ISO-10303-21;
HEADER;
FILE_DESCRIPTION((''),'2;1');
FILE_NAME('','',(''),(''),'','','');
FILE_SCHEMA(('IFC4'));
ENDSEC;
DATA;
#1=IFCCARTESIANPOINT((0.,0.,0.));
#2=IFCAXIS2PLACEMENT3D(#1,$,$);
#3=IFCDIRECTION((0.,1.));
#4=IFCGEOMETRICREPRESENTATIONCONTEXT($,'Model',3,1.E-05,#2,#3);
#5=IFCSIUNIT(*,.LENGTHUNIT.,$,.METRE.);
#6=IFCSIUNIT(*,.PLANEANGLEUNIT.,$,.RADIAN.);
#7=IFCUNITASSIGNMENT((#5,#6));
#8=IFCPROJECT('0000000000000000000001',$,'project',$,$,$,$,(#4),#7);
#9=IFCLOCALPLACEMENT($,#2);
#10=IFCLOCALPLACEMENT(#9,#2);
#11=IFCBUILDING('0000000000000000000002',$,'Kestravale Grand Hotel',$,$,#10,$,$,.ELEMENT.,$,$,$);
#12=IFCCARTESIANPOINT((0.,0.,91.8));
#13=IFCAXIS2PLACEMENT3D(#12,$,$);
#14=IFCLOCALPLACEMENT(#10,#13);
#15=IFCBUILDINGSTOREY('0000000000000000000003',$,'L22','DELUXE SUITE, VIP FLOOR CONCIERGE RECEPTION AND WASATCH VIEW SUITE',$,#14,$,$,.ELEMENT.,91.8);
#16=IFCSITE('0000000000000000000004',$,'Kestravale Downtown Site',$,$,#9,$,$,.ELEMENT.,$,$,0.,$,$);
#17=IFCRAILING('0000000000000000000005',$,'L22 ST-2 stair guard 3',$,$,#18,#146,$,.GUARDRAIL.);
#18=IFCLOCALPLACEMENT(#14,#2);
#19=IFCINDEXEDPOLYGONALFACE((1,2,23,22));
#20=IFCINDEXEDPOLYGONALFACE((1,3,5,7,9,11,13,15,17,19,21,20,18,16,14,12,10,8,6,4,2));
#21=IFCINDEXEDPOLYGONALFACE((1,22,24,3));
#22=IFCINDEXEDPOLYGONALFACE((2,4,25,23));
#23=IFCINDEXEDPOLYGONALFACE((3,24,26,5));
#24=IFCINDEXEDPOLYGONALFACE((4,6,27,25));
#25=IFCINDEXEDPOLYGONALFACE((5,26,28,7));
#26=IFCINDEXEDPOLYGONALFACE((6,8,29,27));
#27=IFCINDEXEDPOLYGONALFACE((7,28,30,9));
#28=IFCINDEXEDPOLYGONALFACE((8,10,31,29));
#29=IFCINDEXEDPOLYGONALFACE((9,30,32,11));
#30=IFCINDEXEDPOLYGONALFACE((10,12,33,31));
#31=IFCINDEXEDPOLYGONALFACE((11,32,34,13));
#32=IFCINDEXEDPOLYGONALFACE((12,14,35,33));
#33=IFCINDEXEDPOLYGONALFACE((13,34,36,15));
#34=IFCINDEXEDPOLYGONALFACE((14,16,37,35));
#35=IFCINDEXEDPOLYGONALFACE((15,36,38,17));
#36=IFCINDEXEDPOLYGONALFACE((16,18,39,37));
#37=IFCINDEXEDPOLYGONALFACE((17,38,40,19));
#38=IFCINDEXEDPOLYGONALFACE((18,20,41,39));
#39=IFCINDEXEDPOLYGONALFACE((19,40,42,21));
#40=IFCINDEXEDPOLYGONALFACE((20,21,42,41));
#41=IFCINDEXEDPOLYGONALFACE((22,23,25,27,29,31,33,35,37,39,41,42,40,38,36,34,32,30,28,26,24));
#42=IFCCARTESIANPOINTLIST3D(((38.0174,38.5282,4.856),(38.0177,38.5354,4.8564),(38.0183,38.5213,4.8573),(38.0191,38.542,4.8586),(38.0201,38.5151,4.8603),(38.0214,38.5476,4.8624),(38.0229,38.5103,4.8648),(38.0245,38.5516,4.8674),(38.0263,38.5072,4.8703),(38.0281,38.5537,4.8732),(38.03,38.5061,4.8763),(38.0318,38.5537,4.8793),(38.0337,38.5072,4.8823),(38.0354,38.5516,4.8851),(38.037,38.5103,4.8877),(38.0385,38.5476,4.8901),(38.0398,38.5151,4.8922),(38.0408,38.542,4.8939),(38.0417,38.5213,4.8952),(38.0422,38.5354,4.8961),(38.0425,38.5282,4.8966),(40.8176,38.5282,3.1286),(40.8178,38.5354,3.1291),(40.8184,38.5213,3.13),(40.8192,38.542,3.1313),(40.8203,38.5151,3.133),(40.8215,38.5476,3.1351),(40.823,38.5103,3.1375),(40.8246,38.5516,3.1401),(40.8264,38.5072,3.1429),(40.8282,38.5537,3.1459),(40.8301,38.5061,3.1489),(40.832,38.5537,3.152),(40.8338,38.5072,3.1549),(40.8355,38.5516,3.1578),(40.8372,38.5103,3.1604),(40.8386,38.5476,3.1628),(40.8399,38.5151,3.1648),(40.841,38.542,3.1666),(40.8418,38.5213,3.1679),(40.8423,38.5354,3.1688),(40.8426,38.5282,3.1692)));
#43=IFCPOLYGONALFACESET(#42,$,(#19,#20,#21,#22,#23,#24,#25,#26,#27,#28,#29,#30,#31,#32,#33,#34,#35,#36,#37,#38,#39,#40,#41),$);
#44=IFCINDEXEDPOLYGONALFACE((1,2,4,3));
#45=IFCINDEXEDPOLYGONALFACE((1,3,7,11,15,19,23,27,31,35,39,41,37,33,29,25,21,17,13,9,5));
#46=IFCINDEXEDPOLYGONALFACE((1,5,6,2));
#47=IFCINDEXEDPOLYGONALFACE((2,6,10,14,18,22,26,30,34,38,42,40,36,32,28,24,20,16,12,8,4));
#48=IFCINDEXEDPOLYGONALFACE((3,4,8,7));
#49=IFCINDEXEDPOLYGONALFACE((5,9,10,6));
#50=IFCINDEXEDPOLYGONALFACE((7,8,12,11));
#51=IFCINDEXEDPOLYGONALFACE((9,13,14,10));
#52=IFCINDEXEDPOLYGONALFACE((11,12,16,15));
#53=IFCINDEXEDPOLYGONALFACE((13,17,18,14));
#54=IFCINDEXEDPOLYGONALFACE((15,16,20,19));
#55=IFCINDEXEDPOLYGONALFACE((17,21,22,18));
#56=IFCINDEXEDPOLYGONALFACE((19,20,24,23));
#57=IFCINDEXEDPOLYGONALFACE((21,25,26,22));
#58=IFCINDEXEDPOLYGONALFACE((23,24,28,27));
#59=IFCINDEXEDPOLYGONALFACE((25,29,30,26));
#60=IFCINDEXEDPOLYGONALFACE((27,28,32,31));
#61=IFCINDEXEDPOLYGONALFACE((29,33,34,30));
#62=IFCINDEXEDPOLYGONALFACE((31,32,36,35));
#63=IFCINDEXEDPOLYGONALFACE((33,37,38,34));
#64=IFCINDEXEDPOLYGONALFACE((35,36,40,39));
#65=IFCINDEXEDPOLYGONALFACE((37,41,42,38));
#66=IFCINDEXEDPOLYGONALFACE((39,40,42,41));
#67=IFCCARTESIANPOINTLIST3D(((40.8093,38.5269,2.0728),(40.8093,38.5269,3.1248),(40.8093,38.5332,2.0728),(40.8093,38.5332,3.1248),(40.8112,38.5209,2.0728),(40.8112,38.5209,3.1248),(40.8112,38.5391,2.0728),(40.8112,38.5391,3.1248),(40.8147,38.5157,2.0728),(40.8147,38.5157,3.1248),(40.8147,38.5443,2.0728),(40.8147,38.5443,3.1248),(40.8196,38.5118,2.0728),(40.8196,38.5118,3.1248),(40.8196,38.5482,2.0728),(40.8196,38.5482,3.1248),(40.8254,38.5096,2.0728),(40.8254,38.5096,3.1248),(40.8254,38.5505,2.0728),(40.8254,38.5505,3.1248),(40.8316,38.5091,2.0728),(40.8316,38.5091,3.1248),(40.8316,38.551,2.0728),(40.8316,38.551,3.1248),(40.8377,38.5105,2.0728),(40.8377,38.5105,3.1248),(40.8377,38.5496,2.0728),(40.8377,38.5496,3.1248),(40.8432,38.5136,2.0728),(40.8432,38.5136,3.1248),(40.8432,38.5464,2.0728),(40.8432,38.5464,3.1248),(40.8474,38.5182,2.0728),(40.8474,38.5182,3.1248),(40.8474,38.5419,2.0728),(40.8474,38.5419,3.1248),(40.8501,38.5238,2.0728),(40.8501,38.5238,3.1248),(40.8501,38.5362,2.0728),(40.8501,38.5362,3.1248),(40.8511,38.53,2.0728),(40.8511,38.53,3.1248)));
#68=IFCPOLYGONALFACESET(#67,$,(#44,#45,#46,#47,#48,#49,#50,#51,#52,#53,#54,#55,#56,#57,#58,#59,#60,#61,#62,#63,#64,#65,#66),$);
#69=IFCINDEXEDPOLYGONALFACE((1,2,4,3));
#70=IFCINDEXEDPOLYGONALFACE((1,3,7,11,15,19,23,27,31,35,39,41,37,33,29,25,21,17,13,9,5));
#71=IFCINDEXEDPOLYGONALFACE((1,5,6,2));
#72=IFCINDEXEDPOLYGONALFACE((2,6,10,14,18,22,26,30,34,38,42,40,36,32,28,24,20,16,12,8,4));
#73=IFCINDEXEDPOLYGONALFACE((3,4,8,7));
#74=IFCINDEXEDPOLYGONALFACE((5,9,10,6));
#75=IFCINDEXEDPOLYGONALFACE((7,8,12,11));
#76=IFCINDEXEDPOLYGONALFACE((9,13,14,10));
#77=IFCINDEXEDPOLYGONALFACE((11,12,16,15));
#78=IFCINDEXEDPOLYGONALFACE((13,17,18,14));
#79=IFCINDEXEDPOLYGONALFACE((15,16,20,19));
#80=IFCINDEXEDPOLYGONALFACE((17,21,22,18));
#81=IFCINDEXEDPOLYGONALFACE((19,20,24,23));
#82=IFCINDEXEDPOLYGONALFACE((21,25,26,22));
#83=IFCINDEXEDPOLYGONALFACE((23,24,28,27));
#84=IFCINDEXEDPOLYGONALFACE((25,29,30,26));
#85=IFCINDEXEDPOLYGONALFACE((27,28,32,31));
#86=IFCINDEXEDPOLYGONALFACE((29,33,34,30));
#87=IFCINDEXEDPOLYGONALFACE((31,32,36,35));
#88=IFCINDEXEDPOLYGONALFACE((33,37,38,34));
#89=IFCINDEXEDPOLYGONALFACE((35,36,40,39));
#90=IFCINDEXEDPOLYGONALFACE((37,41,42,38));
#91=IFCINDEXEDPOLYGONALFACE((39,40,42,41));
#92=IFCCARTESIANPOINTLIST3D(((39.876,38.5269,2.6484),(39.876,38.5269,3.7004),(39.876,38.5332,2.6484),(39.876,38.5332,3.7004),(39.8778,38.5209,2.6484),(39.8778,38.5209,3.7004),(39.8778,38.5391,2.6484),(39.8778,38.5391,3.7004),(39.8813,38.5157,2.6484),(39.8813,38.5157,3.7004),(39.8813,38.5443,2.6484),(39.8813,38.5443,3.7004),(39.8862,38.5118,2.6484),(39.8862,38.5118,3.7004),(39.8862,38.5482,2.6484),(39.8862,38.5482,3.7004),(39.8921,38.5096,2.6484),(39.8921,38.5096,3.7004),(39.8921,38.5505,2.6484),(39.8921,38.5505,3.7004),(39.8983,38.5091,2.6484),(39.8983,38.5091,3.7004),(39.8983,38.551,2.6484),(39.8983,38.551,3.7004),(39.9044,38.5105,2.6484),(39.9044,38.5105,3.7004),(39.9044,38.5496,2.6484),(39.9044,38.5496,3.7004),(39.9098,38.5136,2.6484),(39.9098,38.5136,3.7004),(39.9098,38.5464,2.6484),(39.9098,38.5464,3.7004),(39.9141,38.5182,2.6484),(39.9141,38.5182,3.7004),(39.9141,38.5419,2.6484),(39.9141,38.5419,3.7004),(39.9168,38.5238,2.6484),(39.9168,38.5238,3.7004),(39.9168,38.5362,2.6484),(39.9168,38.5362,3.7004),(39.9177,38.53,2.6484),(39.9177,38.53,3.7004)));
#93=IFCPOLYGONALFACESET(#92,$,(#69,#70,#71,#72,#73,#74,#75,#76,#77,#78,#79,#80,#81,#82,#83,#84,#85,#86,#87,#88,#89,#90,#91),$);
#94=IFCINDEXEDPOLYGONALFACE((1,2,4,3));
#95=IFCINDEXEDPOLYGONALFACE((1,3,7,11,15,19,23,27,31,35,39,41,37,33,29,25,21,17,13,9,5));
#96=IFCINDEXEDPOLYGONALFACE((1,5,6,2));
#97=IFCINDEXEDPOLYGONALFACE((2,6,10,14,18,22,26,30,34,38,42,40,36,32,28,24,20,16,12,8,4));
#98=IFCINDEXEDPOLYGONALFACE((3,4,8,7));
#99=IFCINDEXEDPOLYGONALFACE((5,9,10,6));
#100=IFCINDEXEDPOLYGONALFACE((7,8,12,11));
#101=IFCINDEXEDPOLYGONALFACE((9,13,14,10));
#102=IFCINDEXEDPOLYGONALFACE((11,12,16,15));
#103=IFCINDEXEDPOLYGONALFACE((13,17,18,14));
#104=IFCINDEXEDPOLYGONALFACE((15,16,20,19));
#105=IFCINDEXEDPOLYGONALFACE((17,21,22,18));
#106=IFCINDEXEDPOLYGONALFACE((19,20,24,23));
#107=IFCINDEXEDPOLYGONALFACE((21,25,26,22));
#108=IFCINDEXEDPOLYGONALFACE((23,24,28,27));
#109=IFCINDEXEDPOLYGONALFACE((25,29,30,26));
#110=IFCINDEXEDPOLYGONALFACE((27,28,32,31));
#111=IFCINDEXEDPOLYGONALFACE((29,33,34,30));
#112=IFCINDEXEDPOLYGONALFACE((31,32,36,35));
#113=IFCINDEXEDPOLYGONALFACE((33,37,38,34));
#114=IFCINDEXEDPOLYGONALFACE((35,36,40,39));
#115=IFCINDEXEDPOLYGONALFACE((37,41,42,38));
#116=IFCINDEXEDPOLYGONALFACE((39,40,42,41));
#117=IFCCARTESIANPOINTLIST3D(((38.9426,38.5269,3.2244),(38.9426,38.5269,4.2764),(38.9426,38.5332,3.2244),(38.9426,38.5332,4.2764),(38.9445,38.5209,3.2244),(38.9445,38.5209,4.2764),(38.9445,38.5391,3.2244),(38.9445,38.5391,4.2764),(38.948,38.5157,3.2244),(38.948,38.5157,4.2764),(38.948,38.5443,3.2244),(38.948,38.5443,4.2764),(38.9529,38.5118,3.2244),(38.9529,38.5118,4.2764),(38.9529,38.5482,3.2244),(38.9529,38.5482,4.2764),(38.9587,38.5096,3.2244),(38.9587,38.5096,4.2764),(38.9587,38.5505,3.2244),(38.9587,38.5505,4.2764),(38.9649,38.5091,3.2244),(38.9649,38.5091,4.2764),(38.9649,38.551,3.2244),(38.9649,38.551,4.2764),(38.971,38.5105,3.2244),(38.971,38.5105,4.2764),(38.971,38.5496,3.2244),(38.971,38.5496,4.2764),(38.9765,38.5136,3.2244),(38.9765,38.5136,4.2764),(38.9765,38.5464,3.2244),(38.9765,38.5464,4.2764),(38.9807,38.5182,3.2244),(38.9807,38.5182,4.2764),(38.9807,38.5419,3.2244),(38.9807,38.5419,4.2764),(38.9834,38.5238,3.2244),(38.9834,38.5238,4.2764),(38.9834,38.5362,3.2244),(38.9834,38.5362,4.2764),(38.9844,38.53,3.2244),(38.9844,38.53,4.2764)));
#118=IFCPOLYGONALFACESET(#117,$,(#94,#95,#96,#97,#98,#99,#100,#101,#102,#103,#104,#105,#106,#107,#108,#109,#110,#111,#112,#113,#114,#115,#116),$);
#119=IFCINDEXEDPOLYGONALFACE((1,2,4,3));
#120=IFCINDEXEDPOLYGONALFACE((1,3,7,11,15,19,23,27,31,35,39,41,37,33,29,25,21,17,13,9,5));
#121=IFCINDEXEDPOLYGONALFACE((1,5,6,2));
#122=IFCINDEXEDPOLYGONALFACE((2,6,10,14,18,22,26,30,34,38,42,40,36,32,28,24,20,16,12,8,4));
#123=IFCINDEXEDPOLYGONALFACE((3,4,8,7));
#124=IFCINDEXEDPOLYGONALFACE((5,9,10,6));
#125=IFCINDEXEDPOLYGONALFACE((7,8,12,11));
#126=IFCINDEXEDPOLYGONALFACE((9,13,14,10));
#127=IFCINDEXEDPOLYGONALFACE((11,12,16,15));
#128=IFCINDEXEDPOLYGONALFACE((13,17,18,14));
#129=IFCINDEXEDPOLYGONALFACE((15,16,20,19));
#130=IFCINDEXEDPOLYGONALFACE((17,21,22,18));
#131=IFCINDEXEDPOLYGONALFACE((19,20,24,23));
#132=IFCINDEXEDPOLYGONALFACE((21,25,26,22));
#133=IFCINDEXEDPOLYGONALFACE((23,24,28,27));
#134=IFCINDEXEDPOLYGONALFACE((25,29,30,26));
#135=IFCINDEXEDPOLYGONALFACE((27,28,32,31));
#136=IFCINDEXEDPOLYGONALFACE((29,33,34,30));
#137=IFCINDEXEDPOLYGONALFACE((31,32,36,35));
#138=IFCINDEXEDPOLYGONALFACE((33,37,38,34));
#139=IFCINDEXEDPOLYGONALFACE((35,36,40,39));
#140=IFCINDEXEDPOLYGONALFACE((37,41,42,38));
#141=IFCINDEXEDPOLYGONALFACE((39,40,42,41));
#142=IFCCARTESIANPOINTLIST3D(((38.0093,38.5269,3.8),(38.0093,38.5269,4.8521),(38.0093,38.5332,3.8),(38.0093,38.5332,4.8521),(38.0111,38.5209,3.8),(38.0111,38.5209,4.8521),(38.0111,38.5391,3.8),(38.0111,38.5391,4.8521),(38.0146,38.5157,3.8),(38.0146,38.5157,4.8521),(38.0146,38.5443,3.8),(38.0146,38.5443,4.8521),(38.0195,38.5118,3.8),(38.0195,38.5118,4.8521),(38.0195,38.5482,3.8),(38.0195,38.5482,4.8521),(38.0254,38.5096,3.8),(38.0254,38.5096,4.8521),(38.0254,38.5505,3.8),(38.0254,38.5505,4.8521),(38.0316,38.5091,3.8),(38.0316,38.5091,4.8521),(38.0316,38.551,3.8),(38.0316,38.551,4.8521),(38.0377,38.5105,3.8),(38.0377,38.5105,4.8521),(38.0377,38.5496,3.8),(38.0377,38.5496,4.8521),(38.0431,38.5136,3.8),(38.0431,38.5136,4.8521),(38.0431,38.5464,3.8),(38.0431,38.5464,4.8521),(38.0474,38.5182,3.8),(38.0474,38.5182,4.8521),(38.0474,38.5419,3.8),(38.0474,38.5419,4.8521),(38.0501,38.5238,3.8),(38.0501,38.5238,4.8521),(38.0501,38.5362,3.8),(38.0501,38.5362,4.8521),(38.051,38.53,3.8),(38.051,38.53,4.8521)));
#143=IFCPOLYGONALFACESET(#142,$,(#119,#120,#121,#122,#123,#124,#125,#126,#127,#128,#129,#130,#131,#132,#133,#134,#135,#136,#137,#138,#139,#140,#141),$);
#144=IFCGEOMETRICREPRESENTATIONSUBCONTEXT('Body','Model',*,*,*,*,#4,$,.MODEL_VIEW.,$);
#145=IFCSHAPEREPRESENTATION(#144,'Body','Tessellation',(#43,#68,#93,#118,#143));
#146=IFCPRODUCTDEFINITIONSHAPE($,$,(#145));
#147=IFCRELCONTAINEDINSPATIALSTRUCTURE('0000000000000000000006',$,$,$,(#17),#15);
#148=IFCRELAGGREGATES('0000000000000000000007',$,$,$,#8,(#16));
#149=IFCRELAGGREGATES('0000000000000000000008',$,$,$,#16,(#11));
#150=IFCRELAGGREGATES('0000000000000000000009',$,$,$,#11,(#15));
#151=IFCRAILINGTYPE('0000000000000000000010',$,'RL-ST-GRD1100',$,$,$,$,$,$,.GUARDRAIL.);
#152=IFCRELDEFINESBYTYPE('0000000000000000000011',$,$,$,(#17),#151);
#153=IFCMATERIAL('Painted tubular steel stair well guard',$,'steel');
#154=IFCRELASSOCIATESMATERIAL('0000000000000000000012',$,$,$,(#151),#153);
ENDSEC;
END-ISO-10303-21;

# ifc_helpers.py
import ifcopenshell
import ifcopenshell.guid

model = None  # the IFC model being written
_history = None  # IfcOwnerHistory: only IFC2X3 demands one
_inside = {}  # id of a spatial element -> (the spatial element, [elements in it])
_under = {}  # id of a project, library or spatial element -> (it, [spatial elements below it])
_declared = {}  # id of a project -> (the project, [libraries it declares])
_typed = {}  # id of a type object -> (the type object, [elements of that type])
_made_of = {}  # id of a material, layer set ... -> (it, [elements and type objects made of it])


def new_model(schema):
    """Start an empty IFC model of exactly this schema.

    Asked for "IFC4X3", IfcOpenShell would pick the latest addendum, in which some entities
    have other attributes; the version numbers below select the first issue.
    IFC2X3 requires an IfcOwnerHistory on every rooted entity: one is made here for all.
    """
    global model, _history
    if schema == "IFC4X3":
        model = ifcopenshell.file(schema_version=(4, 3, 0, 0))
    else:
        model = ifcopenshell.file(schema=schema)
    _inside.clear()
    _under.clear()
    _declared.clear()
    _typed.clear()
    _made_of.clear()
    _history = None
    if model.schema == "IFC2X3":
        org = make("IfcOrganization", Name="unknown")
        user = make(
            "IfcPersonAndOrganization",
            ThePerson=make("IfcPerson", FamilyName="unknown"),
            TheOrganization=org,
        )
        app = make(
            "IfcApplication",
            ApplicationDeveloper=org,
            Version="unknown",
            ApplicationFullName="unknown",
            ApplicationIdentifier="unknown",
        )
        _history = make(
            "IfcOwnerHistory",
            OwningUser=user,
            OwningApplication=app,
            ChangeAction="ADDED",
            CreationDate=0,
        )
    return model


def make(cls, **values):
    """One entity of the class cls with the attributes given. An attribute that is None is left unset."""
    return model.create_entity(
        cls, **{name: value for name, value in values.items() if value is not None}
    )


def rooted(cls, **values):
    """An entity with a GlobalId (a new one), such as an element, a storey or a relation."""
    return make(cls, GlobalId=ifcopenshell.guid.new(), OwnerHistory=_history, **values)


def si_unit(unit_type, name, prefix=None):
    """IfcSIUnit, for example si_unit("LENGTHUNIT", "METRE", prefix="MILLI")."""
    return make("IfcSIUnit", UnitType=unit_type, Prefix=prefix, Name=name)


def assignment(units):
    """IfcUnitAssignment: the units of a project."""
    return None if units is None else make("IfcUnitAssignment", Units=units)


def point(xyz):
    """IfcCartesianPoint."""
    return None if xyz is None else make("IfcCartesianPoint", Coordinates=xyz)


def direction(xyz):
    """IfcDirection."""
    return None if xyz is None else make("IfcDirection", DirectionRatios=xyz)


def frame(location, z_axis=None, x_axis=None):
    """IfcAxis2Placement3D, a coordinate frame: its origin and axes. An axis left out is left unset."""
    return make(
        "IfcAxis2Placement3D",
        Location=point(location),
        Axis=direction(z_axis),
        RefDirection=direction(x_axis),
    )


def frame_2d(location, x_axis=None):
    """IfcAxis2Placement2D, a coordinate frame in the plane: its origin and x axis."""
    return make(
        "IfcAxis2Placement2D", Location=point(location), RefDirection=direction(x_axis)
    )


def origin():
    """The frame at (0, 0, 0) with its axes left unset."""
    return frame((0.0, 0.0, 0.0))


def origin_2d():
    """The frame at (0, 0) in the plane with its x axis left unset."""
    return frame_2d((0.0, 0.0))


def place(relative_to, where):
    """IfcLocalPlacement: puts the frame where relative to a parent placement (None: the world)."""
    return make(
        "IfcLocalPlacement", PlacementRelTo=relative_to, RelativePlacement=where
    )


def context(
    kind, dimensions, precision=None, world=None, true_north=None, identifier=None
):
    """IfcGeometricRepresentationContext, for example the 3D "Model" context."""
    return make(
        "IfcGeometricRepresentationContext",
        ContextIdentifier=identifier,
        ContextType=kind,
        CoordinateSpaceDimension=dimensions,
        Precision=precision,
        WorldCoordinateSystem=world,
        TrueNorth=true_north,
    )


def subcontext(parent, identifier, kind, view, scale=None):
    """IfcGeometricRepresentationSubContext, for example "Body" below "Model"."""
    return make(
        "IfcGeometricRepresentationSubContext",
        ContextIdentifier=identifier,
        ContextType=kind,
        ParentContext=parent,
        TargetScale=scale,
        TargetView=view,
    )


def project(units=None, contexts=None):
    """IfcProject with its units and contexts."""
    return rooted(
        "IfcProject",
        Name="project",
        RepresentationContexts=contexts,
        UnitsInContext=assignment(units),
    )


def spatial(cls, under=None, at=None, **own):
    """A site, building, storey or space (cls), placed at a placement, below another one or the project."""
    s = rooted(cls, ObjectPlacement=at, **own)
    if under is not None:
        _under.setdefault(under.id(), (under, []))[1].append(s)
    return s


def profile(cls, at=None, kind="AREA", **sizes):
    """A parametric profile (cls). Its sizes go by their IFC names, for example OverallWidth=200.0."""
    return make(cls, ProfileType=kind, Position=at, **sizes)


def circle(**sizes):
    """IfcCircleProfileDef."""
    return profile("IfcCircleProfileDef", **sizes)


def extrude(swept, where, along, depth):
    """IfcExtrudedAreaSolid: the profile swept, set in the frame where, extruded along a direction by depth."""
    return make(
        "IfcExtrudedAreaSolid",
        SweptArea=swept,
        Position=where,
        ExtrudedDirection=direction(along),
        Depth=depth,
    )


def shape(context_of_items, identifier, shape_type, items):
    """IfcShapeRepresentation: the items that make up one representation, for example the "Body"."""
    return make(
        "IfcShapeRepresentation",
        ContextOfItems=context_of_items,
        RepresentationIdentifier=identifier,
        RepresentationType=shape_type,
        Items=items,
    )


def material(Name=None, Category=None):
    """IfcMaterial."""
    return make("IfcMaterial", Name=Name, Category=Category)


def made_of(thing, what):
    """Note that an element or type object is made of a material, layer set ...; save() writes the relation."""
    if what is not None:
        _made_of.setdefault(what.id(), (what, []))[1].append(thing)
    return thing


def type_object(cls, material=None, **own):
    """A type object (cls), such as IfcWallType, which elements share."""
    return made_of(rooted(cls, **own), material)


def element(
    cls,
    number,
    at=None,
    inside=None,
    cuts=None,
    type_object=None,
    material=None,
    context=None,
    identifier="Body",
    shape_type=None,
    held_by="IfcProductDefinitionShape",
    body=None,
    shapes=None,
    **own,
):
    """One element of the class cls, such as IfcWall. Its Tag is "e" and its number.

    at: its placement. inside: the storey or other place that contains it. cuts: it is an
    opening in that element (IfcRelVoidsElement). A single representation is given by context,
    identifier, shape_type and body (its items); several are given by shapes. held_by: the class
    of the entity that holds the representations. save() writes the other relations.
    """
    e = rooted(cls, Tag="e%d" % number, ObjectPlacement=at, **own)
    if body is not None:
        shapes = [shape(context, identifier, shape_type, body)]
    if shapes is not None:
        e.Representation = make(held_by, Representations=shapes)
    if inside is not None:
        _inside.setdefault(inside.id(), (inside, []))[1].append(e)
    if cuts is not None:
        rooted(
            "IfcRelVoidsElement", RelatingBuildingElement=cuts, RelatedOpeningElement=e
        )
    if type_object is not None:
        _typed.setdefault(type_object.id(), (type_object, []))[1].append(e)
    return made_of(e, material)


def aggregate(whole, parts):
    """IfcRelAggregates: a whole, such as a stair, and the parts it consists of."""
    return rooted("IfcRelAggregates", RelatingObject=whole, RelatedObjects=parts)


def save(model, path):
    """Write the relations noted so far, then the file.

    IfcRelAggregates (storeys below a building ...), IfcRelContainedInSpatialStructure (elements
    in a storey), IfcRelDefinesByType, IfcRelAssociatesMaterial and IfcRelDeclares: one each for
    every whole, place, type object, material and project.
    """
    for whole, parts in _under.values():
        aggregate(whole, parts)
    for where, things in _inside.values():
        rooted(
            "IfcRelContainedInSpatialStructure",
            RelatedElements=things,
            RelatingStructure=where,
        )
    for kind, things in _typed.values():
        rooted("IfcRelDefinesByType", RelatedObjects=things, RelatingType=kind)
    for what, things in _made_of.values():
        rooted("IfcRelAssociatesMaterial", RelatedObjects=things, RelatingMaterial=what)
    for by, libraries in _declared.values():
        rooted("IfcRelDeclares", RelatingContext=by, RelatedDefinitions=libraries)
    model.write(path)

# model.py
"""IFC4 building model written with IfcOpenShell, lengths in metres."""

from ifc_helpers import new_model, si_unit, direction, frame, origin, origin_2d, place, context, subcontext, project, spatial, circle, extrude, material, type_object, element, save


model = new_model("IFC4")

# Units and contexts
model_context = context("Model", 3, precision=1e-05, world=origin(), true_north=direction((0.0, 1.0)))
body_context = subcontext(model_context, "Body", "Model", "MODEL_VIEW")
ifc_project = project(units=[si_unit("LENGTHUNIT", "METRE"), si_unit("PLANEANGLEUNIT", "RADIAN")], contexts=[model_context])

# Site, building, storey
site_placement = place(None, origin())
site = spatial("IfcSite", under=ifc_project, at=site_placement, Name="Kestravale Downtown Site", CompositionType="ELEMENT", RefElevation=0.0)
building_placement = place(site_placement, origin())
building = spatial("IfcBuilding", under=site, at=building_placement, Name="Kestravale Grand Hotel", CompositionType="ELEMENT")
storey_placement = place(building_placement, frame((0.0, 0.0, 91.8)))
storey = spatial("IfcBuildingStorey", under=building, at=storey_placement, Name="L22", Description="DELUXE SUITE, VIP FLOOR CONCIERGE RECEPTION AND WASATCH VIEW SUITE", CompositionType="ELEMENT", Elevation=91.8)

# Railing
ifc_material_1 = material(Name="Painted tubular steel stair well guard", Category="steel")
railing_type_1 = type_object("IfcRailingType", Name="RL-ST-GRD1100", PredefinedType="GUARDRAIL", material=ifc_material_1)
railing_1_placement = place(storey_placement, frame((40.8301, 38.53, 2.0728)))
element("IfcRailing", 1, at=railing_1_placement, inside=storey, type_object=railing_type_1, Name="L22 ST-2 stair guard 3", PredefinedType="GUARDRAIL", context=body_context, shape_type="SweptSolid", body=[
    extrude(circle(Radius=0.0239, at=origin_2d()), frame((0.0, 0.0, 1.0762), z_axis=(-0.85109, 0.0, 0.52502), x_axis=(0.0, -1.0, 0.0)), (0.0, 0.0, 1.0), 3.29),
    extrude(circle(Radius=0.021, at=origin_2d()), origin(), (0.0, 0.0, 1.0), 1.052),
    extrude(circle(Radius=0.021, at=origin_2d()), frame((-0.9333, 0.0, 0.5757)), (0.0, 0.0, 1.0), 1.052),
    extrude(circle(Radius=0.021, at=origin_2d()), frame((-1.8667, 0.0, 1.1516)), (0.0, 0.0, 1.0), 1.052),
    extrude(circle(Radius=0.021, at=origin_2d()), frame((-2.8, 0.0, 1.7273)), (0.0, 0.0, 1.0), 1.052),
])

save(model, "model.ifc")
